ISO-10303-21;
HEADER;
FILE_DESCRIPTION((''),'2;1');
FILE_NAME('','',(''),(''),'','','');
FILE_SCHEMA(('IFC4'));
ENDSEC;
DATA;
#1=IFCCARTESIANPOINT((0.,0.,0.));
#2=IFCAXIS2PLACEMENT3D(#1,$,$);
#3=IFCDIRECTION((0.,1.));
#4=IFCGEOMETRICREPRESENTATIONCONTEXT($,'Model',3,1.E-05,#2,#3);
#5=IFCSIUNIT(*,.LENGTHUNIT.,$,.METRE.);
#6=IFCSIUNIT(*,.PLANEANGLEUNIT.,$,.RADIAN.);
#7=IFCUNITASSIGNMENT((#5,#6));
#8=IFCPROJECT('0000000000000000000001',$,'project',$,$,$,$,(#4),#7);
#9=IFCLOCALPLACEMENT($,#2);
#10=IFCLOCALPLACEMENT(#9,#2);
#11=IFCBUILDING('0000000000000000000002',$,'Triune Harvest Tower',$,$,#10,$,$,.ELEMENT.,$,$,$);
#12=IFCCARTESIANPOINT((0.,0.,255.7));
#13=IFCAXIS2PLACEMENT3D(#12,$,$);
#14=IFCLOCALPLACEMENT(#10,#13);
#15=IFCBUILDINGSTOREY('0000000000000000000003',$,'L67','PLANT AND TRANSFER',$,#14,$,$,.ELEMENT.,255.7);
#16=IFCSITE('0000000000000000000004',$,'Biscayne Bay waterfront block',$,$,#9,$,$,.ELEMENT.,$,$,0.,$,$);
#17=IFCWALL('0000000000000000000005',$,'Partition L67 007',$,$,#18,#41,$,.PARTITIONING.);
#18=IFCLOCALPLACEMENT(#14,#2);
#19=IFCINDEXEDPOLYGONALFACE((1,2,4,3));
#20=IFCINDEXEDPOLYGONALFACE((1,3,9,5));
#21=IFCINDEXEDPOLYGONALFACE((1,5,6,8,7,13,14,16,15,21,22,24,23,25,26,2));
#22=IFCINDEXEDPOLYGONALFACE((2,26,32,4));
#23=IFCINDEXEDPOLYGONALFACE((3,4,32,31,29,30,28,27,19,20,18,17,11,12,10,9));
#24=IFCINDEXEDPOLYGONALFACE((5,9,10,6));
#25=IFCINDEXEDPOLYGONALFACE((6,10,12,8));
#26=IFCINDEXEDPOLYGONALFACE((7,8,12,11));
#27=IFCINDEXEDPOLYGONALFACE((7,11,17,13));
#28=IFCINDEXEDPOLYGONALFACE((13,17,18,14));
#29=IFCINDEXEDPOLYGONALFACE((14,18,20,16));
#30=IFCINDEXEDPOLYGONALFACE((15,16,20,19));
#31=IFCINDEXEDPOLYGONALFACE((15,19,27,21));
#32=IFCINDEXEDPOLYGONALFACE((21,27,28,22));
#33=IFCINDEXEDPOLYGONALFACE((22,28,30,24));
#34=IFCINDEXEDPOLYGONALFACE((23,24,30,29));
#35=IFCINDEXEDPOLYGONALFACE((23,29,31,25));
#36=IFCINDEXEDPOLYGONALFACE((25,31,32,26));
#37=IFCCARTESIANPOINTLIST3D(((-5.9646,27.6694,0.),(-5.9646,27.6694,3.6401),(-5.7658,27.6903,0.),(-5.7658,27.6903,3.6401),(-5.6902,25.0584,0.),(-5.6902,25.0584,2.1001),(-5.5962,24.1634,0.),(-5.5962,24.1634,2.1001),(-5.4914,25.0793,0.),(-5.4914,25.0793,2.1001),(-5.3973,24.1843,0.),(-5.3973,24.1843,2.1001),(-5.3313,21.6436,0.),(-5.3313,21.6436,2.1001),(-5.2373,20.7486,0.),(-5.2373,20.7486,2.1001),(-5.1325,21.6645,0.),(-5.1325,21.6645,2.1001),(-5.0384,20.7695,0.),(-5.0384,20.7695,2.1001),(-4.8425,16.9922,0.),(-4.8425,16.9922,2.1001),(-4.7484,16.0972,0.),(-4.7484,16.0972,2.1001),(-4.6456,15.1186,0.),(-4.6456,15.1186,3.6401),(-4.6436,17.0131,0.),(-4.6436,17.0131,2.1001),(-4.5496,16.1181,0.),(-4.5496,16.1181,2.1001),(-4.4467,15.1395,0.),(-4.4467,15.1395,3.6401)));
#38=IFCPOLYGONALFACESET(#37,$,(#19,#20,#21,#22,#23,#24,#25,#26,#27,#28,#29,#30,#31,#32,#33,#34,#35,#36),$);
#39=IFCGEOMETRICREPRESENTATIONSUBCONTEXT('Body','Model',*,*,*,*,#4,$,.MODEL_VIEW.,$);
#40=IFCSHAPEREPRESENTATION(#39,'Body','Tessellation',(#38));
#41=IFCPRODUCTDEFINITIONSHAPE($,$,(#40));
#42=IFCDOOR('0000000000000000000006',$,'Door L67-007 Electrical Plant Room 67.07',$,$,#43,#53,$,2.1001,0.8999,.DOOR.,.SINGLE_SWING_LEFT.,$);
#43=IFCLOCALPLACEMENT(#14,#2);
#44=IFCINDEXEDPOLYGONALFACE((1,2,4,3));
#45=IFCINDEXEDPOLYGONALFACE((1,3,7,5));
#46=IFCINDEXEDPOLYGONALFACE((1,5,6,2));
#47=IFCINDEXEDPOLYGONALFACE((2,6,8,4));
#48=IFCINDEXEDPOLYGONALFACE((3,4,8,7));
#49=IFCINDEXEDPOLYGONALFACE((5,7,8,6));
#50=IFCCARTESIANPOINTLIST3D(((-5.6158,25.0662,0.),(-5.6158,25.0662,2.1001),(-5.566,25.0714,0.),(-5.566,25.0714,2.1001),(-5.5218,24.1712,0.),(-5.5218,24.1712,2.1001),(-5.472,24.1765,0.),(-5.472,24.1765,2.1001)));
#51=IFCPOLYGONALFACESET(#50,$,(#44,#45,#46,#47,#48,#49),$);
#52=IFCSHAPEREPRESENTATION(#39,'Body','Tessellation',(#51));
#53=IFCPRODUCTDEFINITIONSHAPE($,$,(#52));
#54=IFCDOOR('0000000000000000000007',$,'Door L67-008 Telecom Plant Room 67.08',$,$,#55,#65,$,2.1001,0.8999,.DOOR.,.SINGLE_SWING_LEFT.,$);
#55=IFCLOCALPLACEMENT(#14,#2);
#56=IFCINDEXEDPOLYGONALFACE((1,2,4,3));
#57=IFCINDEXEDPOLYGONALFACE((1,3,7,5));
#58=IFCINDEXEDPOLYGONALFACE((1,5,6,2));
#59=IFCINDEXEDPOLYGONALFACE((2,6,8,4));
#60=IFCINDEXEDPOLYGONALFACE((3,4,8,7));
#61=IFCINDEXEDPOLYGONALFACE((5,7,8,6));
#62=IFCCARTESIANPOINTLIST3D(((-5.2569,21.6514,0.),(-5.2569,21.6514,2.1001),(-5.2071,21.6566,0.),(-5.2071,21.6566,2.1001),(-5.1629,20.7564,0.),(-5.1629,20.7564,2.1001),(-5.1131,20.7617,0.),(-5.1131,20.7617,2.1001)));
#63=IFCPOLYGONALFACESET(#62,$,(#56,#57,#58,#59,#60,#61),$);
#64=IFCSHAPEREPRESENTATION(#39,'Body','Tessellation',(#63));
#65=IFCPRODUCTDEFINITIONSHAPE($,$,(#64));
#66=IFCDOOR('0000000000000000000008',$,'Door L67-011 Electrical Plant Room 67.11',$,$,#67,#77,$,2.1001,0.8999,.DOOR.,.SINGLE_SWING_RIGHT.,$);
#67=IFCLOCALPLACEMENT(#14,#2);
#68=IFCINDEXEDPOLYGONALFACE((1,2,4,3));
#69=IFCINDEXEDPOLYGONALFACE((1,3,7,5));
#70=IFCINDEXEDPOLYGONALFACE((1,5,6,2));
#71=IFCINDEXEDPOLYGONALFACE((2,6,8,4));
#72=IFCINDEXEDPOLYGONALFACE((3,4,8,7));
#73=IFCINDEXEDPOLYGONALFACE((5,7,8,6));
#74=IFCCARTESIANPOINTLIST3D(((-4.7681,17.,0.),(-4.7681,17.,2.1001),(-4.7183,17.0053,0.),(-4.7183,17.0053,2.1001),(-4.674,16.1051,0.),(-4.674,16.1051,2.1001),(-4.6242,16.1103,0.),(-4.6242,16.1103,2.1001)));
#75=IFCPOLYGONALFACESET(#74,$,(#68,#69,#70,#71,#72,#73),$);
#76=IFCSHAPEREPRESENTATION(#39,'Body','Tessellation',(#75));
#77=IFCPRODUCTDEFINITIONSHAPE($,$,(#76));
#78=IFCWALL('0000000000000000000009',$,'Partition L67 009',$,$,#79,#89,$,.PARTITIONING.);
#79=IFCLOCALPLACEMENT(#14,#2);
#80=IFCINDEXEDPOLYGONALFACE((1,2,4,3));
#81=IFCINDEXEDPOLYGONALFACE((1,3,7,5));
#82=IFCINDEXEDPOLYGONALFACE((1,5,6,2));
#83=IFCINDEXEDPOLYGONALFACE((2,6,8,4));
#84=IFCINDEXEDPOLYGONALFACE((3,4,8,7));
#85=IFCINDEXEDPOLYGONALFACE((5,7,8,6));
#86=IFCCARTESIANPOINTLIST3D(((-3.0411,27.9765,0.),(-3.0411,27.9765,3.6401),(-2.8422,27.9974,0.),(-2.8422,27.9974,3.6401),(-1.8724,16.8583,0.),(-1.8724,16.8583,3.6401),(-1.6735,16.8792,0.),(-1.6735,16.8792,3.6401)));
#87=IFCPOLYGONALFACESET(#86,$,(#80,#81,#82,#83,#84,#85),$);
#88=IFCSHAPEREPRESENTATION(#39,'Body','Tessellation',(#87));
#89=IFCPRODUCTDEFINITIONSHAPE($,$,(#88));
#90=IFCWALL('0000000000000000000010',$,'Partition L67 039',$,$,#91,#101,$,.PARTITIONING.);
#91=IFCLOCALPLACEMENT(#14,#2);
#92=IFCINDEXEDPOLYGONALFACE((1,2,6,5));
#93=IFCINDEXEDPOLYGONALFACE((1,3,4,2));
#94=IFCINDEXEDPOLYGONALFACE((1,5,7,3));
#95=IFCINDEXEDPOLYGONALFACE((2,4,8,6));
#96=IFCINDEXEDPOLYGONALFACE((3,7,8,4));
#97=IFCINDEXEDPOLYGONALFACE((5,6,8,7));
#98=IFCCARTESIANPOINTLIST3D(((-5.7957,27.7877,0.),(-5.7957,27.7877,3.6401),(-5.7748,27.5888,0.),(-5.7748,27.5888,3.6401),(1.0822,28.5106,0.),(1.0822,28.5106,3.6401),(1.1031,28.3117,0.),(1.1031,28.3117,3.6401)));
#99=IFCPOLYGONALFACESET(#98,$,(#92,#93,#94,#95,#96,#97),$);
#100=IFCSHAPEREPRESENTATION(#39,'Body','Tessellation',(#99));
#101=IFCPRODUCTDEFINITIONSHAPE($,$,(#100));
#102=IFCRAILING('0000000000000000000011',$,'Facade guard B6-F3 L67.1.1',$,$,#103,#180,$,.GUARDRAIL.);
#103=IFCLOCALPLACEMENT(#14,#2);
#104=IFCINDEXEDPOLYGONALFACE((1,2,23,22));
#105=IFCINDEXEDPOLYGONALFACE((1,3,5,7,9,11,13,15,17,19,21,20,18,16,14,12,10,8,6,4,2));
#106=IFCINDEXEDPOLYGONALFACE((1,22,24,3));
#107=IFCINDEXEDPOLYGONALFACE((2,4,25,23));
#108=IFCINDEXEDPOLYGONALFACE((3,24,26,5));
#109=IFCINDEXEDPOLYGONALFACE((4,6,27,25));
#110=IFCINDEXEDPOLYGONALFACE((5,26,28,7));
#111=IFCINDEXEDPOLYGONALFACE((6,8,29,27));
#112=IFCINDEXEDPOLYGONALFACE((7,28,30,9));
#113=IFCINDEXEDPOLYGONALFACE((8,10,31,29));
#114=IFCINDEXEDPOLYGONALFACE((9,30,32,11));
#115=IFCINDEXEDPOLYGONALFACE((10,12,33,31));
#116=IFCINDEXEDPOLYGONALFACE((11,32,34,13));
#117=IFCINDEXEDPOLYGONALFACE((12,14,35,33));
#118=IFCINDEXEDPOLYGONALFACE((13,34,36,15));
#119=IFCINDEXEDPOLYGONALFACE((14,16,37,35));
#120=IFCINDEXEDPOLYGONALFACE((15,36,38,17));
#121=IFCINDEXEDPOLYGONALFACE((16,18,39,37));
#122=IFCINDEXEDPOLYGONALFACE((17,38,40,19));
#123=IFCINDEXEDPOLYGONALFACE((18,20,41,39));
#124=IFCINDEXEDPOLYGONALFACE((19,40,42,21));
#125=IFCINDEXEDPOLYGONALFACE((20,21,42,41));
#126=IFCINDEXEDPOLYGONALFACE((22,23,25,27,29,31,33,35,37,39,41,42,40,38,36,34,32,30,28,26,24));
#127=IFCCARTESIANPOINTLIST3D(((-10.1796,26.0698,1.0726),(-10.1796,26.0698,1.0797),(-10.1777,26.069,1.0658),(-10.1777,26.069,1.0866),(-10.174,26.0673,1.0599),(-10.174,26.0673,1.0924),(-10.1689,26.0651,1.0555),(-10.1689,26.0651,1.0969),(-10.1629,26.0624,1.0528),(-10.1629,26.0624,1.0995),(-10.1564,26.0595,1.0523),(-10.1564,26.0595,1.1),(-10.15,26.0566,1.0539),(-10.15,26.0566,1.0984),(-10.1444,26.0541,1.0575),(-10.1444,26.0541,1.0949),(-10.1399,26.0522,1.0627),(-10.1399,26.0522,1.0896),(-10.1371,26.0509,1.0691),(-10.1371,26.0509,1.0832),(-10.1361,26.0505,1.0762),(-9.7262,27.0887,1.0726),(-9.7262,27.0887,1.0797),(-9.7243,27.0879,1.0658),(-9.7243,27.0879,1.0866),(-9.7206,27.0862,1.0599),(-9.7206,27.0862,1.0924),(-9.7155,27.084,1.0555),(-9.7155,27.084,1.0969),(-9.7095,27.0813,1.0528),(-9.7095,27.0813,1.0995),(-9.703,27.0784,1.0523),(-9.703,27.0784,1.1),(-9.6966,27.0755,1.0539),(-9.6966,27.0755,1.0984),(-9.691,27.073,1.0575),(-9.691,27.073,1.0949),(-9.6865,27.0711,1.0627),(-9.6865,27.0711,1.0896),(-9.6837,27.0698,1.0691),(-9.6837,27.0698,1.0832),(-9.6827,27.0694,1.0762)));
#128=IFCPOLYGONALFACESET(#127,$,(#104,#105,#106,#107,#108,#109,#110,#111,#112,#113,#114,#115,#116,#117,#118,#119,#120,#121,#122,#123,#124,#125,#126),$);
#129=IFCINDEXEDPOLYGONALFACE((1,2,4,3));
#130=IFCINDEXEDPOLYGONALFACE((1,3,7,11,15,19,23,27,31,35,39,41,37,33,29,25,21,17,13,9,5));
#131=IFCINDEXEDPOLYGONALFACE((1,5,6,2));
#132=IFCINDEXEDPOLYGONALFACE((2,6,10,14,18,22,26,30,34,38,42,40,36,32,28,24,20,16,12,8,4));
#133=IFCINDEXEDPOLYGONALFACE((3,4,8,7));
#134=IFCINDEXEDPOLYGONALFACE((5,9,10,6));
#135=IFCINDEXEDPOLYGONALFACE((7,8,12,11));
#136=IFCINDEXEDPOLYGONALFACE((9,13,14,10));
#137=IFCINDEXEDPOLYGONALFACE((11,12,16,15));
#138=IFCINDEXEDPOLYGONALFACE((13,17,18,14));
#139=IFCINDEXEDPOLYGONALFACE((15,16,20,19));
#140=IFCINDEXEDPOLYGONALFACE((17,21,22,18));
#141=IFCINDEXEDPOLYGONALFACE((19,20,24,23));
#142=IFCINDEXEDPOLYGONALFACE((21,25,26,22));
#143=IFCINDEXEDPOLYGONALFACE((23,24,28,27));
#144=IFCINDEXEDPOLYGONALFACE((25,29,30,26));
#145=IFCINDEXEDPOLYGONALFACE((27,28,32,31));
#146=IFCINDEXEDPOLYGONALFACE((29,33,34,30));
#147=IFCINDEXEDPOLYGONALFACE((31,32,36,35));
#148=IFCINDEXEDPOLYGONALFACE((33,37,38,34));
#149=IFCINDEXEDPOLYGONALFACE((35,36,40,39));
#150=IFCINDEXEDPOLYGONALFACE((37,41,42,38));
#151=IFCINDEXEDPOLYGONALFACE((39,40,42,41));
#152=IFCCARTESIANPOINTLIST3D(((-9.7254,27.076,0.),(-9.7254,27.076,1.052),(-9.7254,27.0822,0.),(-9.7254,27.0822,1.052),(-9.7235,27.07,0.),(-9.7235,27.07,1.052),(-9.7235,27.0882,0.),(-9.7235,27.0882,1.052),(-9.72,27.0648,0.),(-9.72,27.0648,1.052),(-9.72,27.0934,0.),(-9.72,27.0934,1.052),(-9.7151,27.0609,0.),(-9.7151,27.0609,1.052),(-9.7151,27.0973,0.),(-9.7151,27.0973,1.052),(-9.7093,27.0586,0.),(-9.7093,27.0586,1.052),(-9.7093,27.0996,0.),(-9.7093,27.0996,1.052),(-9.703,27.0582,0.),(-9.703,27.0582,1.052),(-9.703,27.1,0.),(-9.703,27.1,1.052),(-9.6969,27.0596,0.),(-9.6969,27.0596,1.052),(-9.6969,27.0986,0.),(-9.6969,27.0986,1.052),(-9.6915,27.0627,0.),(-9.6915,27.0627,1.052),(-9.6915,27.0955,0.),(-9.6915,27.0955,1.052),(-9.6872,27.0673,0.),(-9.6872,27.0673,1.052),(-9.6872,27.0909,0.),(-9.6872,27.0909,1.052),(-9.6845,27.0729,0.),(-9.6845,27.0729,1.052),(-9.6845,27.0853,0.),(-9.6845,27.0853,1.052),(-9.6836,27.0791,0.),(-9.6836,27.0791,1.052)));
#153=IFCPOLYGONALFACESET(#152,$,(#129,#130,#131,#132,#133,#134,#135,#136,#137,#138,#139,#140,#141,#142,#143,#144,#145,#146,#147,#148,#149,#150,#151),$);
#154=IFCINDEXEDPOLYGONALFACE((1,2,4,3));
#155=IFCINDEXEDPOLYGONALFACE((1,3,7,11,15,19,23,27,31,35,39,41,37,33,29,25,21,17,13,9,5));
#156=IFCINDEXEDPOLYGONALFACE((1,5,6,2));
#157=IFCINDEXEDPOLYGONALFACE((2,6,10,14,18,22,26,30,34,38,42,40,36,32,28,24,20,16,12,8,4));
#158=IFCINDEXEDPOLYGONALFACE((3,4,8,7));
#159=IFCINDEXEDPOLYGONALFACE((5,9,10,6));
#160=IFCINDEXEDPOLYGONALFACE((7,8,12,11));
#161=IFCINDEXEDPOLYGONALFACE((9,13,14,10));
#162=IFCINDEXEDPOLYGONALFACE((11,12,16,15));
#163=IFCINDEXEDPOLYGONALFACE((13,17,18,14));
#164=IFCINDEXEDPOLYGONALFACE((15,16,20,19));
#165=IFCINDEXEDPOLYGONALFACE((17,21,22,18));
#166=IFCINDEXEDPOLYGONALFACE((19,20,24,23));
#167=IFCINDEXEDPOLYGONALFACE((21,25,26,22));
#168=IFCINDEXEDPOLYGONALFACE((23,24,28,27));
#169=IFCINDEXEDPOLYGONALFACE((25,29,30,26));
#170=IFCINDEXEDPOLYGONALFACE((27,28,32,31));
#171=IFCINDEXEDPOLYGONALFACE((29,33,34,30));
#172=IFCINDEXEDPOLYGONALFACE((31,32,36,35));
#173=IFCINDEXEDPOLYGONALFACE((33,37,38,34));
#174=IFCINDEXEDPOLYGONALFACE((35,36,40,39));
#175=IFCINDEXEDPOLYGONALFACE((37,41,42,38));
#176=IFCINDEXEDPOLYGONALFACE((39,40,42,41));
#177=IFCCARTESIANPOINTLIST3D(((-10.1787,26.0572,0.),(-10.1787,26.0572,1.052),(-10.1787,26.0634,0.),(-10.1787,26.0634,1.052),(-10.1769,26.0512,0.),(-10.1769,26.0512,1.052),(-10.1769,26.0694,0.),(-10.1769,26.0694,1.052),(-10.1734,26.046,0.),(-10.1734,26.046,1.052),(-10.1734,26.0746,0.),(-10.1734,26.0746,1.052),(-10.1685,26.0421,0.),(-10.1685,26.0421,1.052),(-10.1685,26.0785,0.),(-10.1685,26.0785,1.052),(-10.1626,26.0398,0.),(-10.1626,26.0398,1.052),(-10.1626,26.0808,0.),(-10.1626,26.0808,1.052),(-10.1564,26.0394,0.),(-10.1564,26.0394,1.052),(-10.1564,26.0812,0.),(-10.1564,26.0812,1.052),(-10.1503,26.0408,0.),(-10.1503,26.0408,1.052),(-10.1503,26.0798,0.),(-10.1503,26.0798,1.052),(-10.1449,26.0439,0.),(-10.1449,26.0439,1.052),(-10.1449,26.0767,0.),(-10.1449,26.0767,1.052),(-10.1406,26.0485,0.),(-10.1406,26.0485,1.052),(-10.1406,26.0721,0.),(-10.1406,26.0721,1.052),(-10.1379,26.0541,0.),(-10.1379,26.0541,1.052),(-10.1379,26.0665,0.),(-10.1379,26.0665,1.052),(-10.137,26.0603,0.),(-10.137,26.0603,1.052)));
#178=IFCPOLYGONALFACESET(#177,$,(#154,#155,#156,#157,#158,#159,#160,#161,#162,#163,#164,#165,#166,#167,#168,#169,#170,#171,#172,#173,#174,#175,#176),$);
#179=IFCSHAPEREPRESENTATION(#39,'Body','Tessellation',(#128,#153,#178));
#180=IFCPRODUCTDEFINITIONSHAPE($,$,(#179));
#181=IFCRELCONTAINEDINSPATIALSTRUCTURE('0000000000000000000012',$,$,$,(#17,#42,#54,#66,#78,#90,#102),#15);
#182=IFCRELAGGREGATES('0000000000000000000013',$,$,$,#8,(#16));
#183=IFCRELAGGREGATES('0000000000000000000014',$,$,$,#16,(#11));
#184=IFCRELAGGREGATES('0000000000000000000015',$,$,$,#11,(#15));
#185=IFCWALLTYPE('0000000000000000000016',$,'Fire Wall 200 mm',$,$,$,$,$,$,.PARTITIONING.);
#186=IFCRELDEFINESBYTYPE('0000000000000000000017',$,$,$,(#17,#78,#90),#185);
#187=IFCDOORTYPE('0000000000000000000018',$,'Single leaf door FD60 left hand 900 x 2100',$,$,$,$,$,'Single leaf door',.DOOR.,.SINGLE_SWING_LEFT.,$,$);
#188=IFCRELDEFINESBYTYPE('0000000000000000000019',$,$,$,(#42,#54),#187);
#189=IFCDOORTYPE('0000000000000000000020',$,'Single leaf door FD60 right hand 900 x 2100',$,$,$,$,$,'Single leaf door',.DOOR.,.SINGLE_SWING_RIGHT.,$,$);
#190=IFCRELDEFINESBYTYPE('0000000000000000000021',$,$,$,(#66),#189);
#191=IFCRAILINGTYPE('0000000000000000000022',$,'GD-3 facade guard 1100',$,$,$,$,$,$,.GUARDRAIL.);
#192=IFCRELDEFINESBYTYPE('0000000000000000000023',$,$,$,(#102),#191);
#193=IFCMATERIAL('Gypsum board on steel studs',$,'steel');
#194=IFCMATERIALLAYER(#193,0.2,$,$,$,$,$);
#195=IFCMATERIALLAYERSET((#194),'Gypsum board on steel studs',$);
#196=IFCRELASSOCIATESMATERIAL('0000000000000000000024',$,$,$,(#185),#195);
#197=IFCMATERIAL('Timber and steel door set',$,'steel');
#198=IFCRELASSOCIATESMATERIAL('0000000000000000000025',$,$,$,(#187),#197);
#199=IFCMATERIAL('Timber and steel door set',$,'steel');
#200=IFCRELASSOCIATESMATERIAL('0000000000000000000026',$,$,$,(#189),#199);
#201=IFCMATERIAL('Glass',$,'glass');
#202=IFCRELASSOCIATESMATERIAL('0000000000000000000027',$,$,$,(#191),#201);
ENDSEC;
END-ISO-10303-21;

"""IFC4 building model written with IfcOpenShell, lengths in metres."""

from ifc_helpers import new_model, si_unit, direction, frame, frame_2d, origin, origin_2d, place, context, subcontext, project, spatial, rectangle, circle, extrude, material, layer, layer_set, type_object, element, fill, save


model = new_model("IFC4")

# Units and contexts
model_context = context("Model", 3, precision=1e-05, world=origin(), true_north=direction((0.0, 1.0)))
body_context = subcontext(model_context, "Body", "Model", "MODEL_VIEW")
ifc_project = project(units=[si_unit("LENGTHUNIT", "METRE"), si_unit("PLANEANGLEUNIT", "RADIAN")], contexts=[model_context])

# Site, building, storey
site_placement = place(None, origin())
site = spatial("IfcSite", under=ifc_project, at=site_placement, Name="Biscayne Bay waterfront block", CompositionType="ELEMENT", RefElevation=0.0)
building_placement = place(site_placement, origin())
building = spatial("IfcBuilding", under=site, at=building_placement, Name="Triune Harvest Tower", CompositionType="ELEMENT")
storey_placement = place(building_placement, frame((0.0, 0.0, 255.7)))
storey = spatial("IfcBuildingStorey", under=building, at=storey_placement, Name="L67", Description="PLANT AND TRANSFER", CompositionType="ELEMENT", Elevation=255.7)

# Wall, openings, doors
ifc_material_1 = material(Name="Gypsum board on steel studs", Category="steel")
ifc_layer_1 = layer(ifc_material_1, 0.2)
ifc_layer_set_1 = layer_set([ifc_layer_1], Name="Gypsum board on steel studs")
wall_type = type_object("IfcWallType", Name="Fire Wall 200 mm", PredefinedType="PARTITIONING", material=ifc_layer_set_1)
wall_1_placement = place(storey_placement, frame((-5.8652, 27.6799, 0.0), z_axis=(0.0, 0.0, 1.0), x_axis=(0.104525, -0.994522, 0.0)))
wall_1 = element("IfcWall", 1, at=wall_1_placement, inside=storey, type_object=wall_type, Name="Partition L67 007", PredefinedType="PARTITIONING", context=body_context, shape_type="SweptSolid", body=[
    extrude(rectangle(XDim=12.6199, YDim=0.2, at=frame_2d((6.3101, 0.0))), origin(), (0.0, 0.0, 1.0), 3.6401),
])
opening_1_placement = place(wall_1_placement, frame((2.6255, 0.0, 0.0)))
opening_1 = element("IfcOpeningElement", 2, at=opening_1_placement, cuts=wall_1, PredefinedType="OPENING", context=body_context, shape_type="SweptSolid", body=[
    extrude(rectangle(XDim=0.8999, YDim=2.1001, at=frame_2d((0.45, 1.05))), frame((0.0, 0.1099, 0.0), z_axis=(0.0, -1.0, 0.0), x_axis=(1.0, 0.0, 0.0)), (0.0, 0.0, 1.0), 0.22),
])
opening_2_placement = place(wall_1_placement, frame((6.0591, 0.0, 0.0)))
opening_2 = element("IfcOpeningElement", 3, at=opening_2_placement, cuts=wall_1, PredefinedType="OPENING", context=body_context, shape_type="SweptSolid", body=[
    extrude(rectangle(XDim=0.8999, YDim=2.1001, at=frame_2d((0.45, 1.05))), frame((0.0, 0.1099, 0.0), z_axis=(0.0, -1.0, 0.0), x_axis=(1.0, 0.0, 0.0)), (0.0, 0.0, 1.0), 0.22),
])
opening_3_placement = place(wall_1_placement, frame((10.7361, 0.0, 0.0)))
opening_3 = element("IfcOpeningElement", 4, at=opening_3_placement, cuts=wall_1, PredefinedType="OPENING", context=body_context, shape_type="SweptSolid", body=[
    extrude(rectangle(XDim=0.8999, YDim=2.1001, at=frame_2d((0.45, 1.05))), frame((0.0, 0.1099, 0.0), z_axis=(0.0, -1.0, 0.0), x_axis=(1.0, 0.0, 0.0)), (0.0, 0.0, 1.0), 0.22),
])
ifc_material_2 = material(Name="Timber and steel door set", Category="steel")
door_type_1 = type_object("IfcDoorType", Name="Single leaf door FD60 left hand 900 x 2100", ElementType="Single leaf door", OperationType="SINGLE_SWING_LEFT", PredefinedType="DOOR", material=ifc_material_2)
door_1_placement = place(opening_1_placement, origin())
door_1 = element("IfcDoor", 5, at=door_1_placement, inside=storey, type_object=door_type_1, Name="Door L67-007 Electrical Plant Room 67.07", OperationType="SINGLE_SWING_LEFT", OverallHeight=2.1001, OverallWidth=0.8999, PredefinedType="DOOR", context=body_context, shape_type="SweptSolid", body=[
    extrude(rectangle(XDim=0.8999, YDim=2.1001, at=frame_2d((0.45, 1.05))), frame((0.0, 0.0249, 0.0), z_axis=(0.0, -1.0, 0.0), x_axis=(1.0, 0.0, 0.0)), (0.0, 0.0, 1.0), 0.05),
])
fill(opening_1, door_1)
door_2_placement = place(opening_2_placement, origin())
door_2 = element("IfcDoor", 6, at=door_2_placement, inside=storey, type_object=door_type_1, Name="Door L67-008 Telecom Plant Room 67.08", OperationType="SINGLE_SWING_LEFT", OverallHeight=2.1001, OverallWidth=0.8999, PredefinedType="DOOR", context=body_context, shape_type="SweptSolid", body=[
    extrude(rectangle(XDim=0.8999, YDim=2.1001, at=frame_2d((0.45, 1.05))), frame((0.0, 0.0249, 0.0), z_axis=(0.0, -1.0, 0.0), x_axis=(1.0, 0.0, 0.0)), (0.0, 0.0, 1.0), 0.05),
])
fill(opening_2, door_2)
ifc_material_3 = material(Name="Timber and steel door set", Category="steel")
door_type_2 = type_object("IfcDoorType", Name="Single leaf door FD60 right hand 900 x 2100", ElementType="Single leaf door", OperationType="SINGLE_SWING_RIGHT", PredefinedType="DOOR", material=ifc_material_3)
door_3_placement = place(opening_3_placement, origin())
door_3 = element("IfcDoor", 7, at=door_3_placement, inside=storey, type_object=door_type_2, Name="Door L67-011 Electrical Plant Room 67.11", OperationType="SINGLE_SWING_RIGHT", OverallHeight=2.1001, OverallWidth=0.8999, PredefinedType="DOOR", context=body_context, shape_type="SweptSolid", body=[
    extrude(rectangle(XDim=0.8999, YDim=2.1001, at=frame_2d((0.45, 1.05))), frame((0.0, 0.0249, 0.0), z_axis=(0.0, -1.0, 0.0), x_axis=(1.0, 0.0, 0.0)), (0.0, 0.0, 1.0), 0.05),
])
fill(opening_3, door_3)

# Walls
wall_2_placement = place(storey_placement, frame((-2.9417, 27.9871, 0.0), z_axis=(0.0, 0.0, 1.0), x_axis=(0.10454, -0.994521, 0.0)))
element("IfcWall", 8, at=wall_2_placement, inside=storey, type_object=wall_type, Name="Partition L67 009", PredefinedType="PARTITIONING", context=body_context, shape_type="SweptSolid", body=[
    extrude(rectangle(XDim=11.1794, YDim=0.2, at=frame_2d((5.5898, 0.0))), origin(), (0.0, 0.0, 1.0), 3.6401),
])
wall_3_placement = place(storey_placement, frame((-5.7854, 27.6882, 0.0), z_axis=(0.0, 0.0, 1.0), x_axis=(0.994522, 0.104529, 0.0)))
element("IfcWall", 9, at=wall_3_placement, inside=storey, type_object=wall_type, Name="Partition L67 039", PredefinedType="PARTITIONING", context=body_context, shape_type="SweptSolid", body=[
    extrude(rectangle(XDim=6.9158, YDim=0.2, at=frame_2d((3.458, 0.0))), origin(), (0.0, 0.0, 1.0), 3.6401),
])

# Railing
ifc_material_4 = material(Name="Glass", Category="glass")
railing_type = type_object("IfcRailingType", Name="GD-3 facade guard 1100", PredefinedType="GUARDRAIL", material=ifc_material_4)
railing_placement = place(storey_placement, frame((-9.7046, 27.0791, 0.0)))
element("IfcRailing", 10, at=railing_placement, inside=storey, type_object=railing_type, Name="Facade guard B6-F3 L67.1.1", PredefinedType="GUARDRAIL", context=body_context, shape_type="SweptSolid", body=[
    extrude(circle(Radius=0.0239, at=origin_2d()), frame((0.0, 0.0, 1.0762), z_axis=(-0.406565, -0.913622, 0.0), x_axis=(0.913622, -0.406565, 0.0)), (0.0, 0.0, 1.0), 1.1152),
    extrude(circle(Radius=0.021, at=origin_2d()), origin(), (0.0, 0.0, 1.0), 1.052),
    extrude(circle(Radius=0.021, at=origin_2d()), frame((-0.4534, -1.0188, 0.0)), (0.0, 0.0, 1.0), 1.052),
])

save(model, "model.ifc")
